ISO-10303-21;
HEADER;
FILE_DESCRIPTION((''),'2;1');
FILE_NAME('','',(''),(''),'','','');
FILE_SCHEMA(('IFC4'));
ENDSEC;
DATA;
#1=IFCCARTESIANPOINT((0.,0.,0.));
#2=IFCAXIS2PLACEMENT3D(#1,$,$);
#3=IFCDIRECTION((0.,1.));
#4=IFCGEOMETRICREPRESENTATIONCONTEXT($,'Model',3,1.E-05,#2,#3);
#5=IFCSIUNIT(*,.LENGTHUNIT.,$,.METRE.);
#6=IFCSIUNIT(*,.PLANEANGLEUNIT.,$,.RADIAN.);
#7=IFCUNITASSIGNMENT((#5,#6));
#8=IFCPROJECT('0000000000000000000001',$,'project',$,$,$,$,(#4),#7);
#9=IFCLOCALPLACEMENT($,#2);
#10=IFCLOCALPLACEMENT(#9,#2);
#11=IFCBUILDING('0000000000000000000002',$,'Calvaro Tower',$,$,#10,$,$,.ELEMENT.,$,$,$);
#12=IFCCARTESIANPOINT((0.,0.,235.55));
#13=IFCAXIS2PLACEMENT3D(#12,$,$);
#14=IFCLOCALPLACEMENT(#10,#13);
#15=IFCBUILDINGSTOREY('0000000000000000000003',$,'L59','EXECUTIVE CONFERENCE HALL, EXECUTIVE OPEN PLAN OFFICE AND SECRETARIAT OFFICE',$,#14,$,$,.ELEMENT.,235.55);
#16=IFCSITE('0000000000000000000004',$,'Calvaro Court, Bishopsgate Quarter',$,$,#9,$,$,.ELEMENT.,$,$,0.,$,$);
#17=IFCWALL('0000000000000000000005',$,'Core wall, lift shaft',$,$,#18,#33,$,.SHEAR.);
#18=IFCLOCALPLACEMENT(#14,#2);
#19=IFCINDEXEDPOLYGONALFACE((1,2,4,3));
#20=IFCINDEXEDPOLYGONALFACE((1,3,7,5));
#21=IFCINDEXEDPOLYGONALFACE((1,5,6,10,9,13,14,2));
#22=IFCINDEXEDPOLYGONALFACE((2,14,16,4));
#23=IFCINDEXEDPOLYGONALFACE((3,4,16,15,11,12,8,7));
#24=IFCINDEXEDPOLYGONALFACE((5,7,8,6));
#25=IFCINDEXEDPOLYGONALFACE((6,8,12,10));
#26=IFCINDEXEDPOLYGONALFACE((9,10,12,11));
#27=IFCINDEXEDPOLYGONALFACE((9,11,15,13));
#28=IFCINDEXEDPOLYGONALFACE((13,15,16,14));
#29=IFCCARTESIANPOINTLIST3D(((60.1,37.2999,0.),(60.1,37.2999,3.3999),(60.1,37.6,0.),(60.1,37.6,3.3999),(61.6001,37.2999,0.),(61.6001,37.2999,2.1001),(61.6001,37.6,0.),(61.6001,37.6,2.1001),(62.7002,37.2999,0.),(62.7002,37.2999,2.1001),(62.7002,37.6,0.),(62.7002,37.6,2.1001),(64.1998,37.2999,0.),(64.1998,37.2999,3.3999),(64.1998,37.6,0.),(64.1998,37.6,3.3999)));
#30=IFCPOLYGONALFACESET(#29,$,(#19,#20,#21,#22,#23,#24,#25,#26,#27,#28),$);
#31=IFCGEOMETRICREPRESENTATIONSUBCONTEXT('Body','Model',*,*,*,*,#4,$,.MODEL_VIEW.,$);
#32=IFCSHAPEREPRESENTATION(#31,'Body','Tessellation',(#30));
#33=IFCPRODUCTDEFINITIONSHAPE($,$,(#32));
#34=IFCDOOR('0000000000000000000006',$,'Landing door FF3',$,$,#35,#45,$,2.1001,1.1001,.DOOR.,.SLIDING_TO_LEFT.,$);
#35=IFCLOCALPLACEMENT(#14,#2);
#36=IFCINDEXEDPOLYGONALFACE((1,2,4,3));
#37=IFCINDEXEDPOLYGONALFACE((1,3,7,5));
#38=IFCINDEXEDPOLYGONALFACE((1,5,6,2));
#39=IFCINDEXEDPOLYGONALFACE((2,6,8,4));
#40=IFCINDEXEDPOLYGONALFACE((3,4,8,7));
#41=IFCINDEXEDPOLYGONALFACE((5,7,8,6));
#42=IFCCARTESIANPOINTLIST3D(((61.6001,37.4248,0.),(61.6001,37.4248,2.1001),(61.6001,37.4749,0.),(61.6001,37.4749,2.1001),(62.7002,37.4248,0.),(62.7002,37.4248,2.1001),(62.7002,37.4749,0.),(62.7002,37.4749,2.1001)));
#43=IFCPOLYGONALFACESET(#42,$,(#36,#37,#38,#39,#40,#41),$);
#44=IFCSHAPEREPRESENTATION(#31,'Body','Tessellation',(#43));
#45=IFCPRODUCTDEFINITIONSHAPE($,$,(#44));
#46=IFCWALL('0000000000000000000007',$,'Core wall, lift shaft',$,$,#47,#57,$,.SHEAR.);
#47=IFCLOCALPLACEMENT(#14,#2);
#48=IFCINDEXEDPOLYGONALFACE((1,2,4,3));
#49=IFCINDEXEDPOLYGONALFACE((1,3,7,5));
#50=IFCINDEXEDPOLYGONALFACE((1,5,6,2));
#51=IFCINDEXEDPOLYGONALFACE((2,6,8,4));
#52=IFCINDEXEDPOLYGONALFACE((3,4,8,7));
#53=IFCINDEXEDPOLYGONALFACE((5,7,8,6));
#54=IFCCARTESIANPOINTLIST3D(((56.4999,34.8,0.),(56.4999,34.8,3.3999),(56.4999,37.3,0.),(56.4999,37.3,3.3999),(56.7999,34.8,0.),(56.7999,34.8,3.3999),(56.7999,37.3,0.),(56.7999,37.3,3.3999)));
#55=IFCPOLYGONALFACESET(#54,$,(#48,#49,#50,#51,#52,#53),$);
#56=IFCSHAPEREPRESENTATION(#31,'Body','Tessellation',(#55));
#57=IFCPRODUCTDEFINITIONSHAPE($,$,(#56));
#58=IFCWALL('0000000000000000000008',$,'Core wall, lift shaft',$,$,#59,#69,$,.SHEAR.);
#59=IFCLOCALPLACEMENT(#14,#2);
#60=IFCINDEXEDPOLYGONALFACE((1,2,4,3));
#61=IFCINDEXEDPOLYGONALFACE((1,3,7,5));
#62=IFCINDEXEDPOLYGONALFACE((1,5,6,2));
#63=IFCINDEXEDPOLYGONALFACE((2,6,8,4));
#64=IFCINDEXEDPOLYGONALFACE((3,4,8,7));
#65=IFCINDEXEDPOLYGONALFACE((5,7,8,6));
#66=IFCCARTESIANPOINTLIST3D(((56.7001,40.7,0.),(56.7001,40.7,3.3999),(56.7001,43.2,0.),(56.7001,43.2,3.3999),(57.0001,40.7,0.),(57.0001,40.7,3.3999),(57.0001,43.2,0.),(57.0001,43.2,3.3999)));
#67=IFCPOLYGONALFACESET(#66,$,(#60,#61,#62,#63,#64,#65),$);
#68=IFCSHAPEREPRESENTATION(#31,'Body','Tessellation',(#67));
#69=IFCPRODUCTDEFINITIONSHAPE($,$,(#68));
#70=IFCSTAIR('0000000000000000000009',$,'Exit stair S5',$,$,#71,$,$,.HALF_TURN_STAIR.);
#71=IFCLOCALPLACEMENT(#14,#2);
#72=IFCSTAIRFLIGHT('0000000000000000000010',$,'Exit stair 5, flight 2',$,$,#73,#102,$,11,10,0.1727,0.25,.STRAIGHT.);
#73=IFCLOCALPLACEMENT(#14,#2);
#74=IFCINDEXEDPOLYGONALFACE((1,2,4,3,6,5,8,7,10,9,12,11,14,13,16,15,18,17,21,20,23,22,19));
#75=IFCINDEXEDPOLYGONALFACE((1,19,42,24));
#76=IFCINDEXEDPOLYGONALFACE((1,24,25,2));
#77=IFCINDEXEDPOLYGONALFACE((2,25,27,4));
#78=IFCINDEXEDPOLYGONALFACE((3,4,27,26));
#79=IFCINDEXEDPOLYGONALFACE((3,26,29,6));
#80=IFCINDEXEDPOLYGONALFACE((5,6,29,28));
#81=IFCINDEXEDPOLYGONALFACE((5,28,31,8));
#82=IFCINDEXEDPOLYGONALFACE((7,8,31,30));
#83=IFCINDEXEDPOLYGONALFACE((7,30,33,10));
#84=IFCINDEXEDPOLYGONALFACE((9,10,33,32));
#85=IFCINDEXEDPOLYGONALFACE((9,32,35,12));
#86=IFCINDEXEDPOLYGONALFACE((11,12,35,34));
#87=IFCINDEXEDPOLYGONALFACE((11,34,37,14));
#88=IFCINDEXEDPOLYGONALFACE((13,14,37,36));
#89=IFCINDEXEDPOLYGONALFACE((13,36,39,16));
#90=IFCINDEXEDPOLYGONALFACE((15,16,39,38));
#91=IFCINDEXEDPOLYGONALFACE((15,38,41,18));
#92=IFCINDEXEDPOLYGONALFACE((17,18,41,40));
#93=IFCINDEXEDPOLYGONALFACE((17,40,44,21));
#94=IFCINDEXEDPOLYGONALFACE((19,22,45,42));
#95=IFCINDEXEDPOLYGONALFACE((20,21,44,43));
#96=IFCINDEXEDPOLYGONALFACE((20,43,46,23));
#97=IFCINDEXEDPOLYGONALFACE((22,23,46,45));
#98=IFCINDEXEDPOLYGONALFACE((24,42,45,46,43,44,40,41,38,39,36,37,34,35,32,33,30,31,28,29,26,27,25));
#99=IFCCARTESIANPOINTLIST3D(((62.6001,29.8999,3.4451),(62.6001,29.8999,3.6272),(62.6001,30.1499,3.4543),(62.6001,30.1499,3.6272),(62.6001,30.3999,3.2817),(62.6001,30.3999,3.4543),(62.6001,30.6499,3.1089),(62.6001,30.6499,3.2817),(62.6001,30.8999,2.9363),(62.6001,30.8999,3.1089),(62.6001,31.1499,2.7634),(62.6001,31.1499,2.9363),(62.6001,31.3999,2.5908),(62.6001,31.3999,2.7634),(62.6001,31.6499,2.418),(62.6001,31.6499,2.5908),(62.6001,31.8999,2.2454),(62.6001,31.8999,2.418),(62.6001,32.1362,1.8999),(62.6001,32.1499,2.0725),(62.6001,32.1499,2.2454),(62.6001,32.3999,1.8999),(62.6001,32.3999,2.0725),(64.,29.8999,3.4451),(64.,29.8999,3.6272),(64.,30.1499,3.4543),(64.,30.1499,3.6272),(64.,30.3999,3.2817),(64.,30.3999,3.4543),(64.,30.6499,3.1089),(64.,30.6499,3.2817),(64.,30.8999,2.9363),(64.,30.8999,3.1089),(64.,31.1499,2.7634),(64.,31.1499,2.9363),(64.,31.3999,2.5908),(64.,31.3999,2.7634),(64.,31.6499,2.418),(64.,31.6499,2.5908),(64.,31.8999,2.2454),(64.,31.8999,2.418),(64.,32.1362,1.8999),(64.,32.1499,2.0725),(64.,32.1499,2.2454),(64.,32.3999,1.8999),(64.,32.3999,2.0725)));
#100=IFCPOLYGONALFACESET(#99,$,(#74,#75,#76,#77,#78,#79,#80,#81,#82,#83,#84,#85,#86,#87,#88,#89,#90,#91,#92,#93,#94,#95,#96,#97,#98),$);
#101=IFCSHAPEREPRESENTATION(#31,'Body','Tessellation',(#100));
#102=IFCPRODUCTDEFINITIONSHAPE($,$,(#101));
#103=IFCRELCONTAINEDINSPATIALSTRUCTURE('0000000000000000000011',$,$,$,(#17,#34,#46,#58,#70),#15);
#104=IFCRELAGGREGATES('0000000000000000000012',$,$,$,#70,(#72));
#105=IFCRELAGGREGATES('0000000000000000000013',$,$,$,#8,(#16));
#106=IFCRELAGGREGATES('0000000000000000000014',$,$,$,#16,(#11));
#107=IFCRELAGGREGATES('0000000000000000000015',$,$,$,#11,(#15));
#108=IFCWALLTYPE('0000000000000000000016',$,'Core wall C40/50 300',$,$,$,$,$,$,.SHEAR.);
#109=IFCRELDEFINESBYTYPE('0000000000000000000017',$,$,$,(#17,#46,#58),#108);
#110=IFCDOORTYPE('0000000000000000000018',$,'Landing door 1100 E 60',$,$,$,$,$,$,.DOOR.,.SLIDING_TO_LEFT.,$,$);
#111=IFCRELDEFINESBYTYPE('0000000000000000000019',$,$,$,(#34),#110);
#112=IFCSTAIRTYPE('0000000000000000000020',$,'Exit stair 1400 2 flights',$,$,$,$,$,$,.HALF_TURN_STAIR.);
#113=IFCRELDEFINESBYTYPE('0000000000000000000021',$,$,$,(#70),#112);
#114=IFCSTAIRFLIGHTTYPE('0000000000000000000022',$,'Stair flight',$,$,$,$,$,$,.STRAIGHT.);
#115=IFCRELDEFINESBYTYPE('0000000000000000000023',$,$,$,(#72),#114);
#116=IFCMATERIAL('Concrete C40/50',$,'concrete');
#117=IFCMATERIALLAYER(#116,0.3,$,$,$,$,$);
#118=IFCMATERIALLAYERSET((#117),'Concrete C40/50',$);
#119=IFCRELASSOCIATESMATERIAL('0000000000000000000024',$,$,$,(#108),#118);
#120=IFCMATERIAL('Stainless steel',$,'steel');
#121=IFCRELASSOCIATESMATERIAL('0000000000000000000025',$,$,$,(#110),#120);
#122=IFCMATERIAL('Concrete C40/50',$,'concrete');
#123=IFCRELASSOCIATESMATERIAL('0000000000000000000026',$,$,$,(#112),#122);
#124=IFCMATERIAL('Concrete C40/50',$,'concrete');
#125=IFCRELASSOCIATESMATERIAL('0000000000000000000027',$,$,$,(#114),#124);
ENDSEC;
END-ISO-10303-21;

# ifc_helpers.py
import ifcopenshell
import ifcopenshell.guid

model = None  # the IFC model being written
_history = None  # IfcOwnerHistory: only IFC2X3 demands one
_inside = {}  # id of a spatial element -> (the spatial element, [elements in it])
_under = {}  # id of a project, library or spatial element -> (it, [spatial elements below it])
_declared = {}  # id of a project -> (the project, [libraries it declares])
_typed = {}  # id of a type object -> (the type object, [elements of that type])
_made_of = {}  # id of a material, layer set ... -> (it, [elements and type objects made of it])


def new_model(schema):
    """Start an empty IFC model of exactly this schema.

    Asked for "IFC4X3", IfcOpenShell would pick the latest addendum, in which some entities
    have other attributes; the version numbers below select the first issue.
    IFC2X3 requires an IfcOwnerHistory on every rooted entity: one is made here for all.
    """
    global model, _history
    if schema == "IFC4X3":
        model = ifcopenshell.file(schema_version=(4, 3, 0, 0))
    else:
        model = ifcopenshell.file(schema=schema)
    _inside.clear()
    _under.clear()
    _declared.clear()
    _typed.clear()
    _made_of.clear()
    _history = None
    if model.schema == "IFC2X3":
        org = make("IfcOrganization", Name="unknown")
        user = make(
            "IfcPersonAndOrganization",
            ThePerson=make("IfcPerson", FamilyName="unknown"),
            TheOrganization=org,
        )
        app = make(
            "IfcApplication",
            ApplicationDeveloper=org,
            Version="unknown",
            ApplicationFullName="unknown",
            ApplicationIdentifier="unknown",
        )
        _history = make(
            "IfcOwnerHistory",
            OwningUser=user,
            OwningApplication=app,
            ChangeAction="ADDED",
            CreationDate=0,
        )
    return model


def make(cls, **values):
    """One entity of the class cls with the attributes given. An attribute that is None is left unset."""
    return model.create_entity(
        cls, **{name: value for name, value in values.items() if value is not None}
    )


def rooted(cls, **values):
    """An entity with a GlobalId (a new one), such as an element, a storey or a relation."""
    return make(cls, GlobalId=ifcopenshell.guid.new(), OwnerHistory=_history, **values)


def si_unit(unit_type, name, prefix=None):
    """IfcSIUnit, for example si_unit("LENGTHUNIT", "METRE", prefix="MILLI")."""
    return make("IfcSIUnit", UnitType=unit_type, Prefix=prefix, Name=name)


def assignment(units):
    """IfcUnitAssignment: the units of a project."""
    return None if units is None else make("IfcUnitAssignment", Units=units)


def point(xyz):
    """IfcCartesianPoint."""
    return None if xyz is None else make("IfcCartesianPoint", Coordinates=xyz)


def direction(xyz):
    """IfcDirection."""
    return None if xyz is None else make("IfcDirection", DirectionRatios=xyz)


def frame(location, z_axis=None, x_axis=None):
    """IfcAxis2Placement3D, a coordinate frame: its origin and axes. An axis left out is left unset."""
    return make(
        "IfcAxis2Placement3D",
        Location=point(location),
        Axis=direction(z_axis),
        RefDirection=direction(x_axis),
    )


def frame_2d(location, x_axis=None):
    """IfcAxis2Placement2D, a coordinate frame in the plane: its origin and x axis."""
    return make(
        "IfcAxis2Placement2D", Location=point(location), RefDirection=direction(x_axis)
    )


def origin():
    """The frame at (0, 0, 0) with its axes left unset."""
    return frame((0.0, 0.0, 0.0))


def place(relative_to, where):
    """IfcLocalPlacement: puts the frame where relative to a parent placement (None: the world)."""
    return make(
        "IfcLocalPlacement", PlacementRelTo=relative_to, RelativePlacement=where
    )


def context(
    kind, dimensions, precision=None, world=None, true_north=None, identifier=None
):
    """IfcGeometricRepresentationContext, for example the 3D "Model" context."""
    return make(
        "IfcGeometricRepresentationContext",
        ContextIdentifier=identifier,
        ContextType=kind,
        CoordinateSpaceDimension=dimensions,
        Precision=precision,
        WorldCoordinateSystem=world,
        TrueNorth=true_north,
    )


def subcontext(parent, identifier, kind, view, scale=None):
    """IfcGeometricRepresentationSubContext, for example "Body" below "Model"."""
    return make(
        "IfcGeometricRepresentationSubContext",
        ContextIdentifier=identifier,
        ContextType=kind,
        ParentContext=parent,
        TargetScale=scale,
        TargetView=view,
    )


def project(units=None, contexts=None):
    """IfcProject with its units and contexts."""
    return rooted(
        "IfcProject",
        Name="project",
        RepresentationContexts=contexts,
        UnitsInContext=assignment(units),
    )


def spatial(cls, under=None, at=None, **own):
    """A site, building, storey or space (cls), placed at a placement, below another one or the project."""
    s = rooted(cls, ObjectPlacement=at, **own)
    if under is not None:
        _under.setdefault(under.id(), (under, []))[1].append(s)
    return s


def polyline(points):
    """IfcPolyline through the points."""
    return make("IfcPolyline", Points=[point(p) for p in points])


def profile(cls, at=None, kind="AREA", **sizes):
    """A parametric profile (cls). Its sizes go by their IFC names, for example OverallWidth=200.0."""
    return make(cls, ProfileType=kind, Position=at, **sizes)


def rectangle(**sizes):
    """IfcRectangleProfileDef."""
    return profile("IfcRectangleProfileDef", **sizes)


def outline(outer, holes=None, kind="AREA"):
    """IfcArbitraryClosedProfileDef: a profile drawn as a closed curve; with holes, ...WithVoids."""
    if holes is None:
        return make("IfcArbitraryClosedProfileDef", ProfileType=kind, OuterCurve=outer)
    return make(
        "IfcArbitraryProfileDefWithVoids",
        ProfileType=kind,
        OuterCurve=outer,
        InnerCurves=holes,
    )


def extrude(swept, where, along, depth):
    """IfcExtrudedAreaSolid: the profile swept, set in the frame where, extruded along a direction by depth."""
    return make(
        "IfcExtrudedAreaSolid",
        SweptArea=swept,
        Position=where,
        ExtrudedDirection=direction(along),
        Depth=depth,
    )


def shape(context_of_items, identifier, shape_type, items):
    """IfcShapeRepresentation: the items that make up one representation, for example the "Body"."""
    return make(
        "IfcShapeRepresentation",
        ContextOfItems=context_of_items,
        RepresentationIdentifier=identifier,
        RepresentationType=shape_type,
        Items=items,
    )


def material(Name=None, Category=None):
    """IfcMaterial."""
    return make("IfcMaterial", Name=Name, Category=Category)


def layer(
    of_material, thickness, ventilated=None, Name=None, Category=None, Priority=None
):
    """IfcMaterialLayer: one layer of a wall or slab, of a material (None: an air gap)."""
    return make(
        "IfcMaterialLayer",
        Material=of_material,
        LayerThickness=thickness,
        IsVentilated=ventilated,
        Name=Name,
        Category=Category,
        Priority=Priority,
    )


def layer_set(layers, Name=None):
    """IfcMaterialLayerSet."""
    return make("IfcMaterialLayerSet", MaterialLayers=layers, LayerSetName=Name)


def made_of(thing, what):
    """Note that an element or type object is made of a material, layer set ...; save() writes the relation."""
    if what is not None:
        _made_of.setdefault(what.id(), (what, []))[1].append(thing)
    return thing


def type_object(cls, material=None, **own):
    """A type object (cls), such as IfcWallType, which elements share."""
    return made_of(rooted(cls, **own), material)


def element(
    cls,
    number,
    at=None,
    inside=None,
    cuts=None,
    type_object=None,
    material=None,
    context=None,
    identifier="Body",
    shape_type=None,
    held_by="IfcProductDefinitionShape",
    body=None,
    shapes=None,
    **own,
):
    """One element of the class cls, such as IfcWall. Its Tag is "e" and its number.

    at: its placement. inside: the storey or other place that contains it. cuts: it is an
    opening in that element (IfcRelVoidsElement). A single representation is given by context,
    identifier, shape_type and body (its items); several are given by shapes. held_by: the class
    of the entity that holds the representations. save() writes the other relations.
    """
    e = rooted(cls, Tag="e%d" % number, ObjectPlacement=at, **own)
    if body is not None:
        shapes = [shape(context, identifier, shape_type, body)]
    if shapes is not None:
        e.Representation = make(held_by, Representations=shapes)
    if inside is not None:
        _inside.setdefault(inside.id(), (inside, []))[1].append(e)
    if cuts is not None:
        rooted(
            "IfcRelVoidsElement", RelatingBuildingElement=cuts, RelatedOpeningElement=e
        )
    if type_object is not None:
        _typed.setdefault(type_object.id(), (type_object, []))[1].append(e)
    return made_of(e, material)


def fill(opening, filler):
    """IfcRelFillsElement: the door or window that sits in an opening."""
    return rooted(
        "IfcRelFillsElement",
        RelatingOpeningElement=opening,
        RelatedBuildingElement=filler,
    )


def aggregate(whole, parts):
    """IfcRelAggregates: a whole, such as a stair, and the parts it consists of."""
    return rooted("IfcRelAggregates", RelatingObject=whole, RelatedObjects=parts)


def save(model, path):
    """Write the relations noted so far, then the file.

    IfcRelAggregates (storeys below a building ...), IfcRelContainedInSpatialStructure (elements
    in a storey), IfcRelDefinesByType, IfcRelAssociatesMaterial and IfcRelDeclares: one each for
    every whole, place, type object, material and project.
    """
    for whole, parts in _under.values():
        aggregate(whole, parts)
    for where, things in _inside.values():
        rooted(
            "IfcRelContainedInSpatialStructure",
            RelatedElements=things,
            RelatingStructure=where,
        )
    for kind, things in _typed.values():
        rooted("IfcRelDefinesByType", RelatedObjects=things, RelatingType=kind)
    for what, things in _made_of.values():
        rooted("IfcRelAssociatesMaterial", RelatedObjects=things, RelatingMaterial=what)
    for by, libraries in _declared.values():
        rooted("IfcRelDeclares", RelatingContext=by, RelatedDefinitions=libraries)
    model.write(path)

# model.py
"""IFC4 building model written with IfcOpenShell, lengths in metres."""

from ifc_helpers import new_model, si_unit, direction, frame, frame_2d, origin, place, context, subcontext, project, spatial, polyline, rectangle, outline, extrude, material, layer, layer_set, type_object, element, fill, aggregate, save


model = new_model("IFC4")

# Units and contexts
model_context = context("Model", 3, precision=1e-05, world=origin(), true_north=direction((0.0, 1.0)))
body_context = subcontext(model_context, "Body", "Model", "MODEL_VIEW")
ifc_project = project(units=[si_unit("LENGTHUNIT", "METRE"), si_unit("PLANEANGLEUNIT", "RADIAN")], contexts=[model_context])

# Site, building, storey
site_placement = place(None, origin())
site = spatial("IfcSite", under=ifc_project, at=site_placement, Name="Calvaro Court, Bishopsgate Quarter", CompositionType="ELEMENT", RefElevation=0.0)
building_placement = place(site_placement, origin())
building = spatial("IfcBuilding", under=site, at=building_placement, Name="Calvaro Tower", CompositionType="ELEMENT")
storey_placement = place(building_placement, frame((0.0, 0.0, 235.55)))
storey = spatial("IfcBuildingStorey", under=building, at=storey_placement, Name="L59", Description="EXECUTIVE CONFERENCE HALL, EXECUTIVE OPEN PLAN OFFICE AND SECRETARIAT OFFICE", CompositionType="ELEMENT", Elevation=235.55)

# Shared definitions
ifc_material_1 = material(Name="Concrete C40/50", Category="concrete")
ifc_layer_1 = layer(ifc_material_1, 0.3)
ifc_layer_set_1 = layer_set([ifc_layer_1], Name="Concrete C40/50")
wall_type_1 = type_object("IfcWallType", Name="Core wall C40/50 300", PredefinedType="SHEAR", material=ifc_layer_set_1)

# Wall, opening, door
wall_1_placement = place(storey_placement, frame((60.1001, 37.45, 0.0), z_axis=(0.0, 0.0, 1.0), x_axis=(1.0, 0.0, 0.0)))
wall_1 = element("IfcWall", 1, at=wall_1_placement, inside=storey, type_object=wall_type_1, Name="Core wall, lift shaft", PredefinedType="SHEAR", context=body_context, shape_type="SweptSolid", body=[
    extrude(rectangle(XDim=4.0999, YDim=0.3, at=frame_2d((2.0498, 0.0))), origin(), (0.0, 0.0, 1.0), 3.3999),
])
opening_1_placement = place(wall_1_placement, frame((1.5, 0.0, 0.0)))
opening_1 = element("IfcOpeningElement", 2, at=opening_1_placement, cuts=wall_1, PredefinedType="OPENING", context=body_context, shape_type="SweptSolid", body=[
    extrude(rectangle(XDim=1.1001, YDim=2.1001, at=frame_2d((0.55, 1.05))), frame((0.0, 0.1599, 0.0), z_axis=(0.0, -1.0, 0.0), x_axis=(1.0, 0.0, 0.0)), (0.0, 0.0, 1.0), 0.3201),
])
ifc_material_2 = material(Name="Stainless steel", Category="steel")
door_type_1 = type_object("IfcDoorType", Name="Landing door 1100 E 60", OperationType="SLIDING_TO_LEFT", PredefinedType="DOOR", material=ifc_material_2)
door_1_placement = place(opening_1_placement, origin())
door_1 = element("IfcDoor", 3, at=door_1_placement, inside=storey, type_object=door_type_1, Name="Landing door FF3", OperationType="SLIDING_TO_LEFT", OverallHeight=2.1001, OverallWidth=1.1001, PredefinedType="DOOR", context=body_context, shape_type="SweptSolid", body=[
    extrude(rectangle(XDim=1.1001, YDim=2.1001, at=frame_2d((0.55, 1.05))), frame((0.0, 0.0249, 0.0), z_axis=(0.0, -1.0, 0.0), x_axis=(1.0, 0.0, 0.0)), (0.0, 0.0, 1.0), 0.05),
])
fill(opening_1, door_1)

# Walls
for number, where, z_axis, x_axis, name in (
    (4, (56.6499, 34.8, 0.0), (0.0, 0.0, 1.0), (0.0, 1.0, 0.0), "Core wall, lift shaft"),
    (5, (56.8501, 40.7, 0.0), (0.0, 0.0, 1.0), (0.0, 1.0, 0.0), "Core wall, lift shaft"),
):
    element("IfcWall", number, at=place(storey_placement, frame(where, z_axis=z_axis, x_axis=x_axis)), inside=storey, type_object=wall_type_1, Name=name, PredefinedType="SHEAR", context=body_context, shape_type="SweptSolid", body=[
        extrude(rectangle(XDim=2.5, YDim=0.3, at=frame_2d((1.25, 0.0))), origin(), (0.0, 0.0, 1.0), 3.3999),
    ])

# Stair, stair flight
ifc_material_3 = material(Name="Concrete C40/50", Category="concrete")
stair_type = type_object("IfcStairType", Name="Exit stair 1400 2 flights", PredefinedType="HALF_TURN_STAIR", material=ifc_material_3)
stair_placement = place(storey_placement, origin())
stair = element("IfcStair", 6, at=stair_placement, inside=storey, type_object=stair_type, Name="Exit stair S5", PredefinedType="HALF_TURN_STAIR")
ifc_material_4 = material(Name="Concrete C40/50", Category="concrete")
stair_flight_type = type_object("IfcStairFlightType", Name="Stair flight", PredefinedType="STRAIGHT", material=ifc_material_4)
stair_flight_placement = place(storey_placement, frame((63.3, 32.3999, 1.8999), z_axis=(0.0, 0.0, 1.0), x_axis=(0.0, -1.0, 0.0)))
stair_flight = element("IfcStairFlight", 7, at=stair_flight_placement, type_object=stair_flight_type, Name="Exit stair 5, flight 2", NumberOfRisers=11, NumberOfTreads=10, PredefinedType="STRAIGHT", RiserHeight=0.1727, TreadLength=0.25, context=body_context, shape_type="SweptSolid", body=[
    extrude(outline(polyline([(0.0, 0.0), (0.0, 0.1726), (0.25, 0.1726), (0.25, 0.3455), (0.5, 0.3455), (0.5, 0.5181), (0.75, 0.5181), (0.75, 0.6909), (1.0, 0.6909), (1.0, 0.8635), (1.25, 0.8635), (1.25, 1.0364), (1.5, 1.0364), (1.5, 1.209), (1.75, 1.209), (1.75, 1.3818), (2.0, 1.3818), (2.0, 1.5544), (2.25, 1.5544), (2.25, 1.7273), (2.5, 1.7273), (2.5, 1.8999), (2.5, 1.5452), (0.2637, 0.0), (0.0, 0.0)])), frame((0.0, 0.7, 0.0), z_axis=(0.0, -1.0, 0.0), x_axis=(1.0, 0.0, 0.0)), (0.0, 0.0, 1.0), 1.3999),
])
aggregate(stair, [stair_flight])

save(model, "model.ifc")
